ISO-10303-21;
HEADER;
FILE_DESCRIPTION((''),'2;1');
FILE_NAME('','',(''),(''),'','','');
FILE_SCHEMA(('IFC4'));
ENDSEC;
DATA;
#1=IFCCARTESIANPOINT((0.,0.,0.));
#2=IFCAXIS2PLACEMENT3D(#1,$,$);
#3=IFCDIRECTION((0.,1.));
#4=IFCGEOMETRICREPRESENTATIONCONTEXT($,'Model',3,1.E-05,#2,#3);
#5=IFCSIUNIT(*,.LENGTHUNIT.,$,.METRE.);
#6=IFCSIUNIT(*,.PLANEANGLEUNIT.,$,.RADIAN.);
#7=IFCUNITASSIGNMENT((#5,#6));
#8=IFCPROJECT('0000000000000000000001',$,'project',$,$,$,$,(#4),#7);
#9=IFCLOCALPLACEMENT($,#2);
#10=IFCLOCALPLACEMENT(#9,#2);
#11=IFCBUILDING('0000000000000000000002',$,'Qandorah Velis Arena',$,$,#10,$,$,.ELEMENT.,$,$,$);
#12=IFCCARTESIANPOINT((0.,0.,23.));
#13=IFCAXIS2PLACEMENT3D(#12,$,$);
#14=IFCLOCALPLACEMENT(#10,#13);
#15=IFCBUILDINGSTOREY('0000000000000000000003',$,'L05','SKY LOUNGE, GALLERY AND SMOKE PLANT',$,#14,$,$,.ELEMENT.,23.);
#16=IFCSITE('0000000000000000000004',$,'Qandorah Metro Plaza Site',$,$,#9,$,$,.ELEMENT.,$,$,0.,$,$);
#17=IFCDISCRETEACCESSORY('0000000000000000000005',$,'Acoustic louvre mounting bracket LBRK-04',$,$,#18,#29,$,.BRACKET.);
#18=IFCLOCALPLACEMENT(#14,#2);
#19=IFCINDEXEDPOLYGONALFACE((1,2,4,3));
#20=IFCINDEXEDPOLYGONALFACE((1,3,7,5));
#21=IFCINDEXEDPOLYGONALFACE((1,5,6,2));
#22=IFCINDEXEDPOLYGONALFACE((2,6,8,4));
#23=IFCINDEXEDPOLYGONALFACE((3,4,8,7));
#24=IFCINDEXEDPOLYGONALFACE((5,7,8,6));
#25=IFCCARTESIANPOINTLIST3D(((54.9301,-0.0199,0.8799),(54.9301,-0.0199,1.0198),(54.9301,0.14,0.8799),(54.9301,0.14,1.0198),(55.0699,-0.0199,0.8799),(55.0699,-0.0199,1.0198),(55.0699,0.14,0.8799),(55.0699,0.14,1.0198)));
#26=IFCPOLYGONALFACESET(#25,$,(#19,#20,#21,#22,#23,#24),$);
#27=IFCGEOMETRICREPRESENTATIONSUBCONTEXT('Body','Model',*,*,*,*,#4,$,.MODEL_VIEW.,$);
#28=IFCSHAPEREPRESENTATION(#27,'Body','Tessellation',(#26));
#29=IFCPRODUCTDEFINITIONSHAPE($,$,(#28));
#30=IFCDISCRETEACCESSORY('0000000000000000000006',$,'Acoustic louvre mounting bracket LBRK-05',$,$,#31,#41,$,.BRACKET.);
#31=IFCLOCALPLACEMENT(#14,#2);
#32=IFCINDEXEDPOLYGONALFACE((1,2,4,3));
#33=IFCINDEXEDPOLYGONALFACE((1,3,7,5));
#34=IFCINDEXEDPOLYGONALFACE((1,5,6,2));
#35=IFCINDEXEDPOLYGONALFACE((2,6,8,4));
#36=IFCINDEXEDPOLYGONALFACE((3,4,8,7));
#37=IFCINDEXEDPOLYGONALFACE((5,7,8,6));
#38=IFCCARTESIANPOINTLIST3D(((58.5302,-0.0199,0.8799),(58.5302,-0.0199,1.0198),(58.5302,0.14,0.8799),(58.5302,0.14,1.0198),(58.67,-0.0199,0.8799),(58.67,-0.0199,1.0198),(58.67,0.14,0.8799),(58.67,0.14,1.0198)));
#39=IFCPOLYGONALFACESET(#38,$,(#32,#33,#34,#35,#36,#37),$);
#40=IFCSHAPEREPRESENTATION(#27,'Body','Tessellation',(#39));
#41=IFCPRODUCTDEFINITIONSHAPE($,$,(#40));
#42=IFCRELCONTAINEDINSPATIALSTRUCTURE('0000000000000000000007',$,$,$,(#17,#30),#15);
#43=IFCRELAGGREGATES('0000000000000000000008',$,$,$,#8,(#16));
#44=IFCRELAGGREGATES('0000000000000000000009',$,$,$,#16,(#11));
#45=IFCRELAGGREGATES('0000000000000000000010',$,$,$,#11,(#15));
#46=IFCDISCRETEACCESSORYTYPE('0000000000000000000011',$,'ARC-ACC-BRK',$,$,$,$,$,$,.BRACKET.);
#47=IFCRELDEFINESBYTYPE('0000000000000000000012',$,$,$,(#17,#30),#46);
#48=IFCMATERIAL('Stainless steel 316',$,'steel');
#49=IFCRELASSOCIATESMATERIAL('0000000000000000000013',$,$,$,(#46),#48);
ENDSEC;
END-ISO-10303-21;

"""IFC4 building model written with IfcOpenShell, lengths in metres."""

from ifc_helpers import new_model, si_unit, direction, frame, origin, origin_2d, place, context, subcontext, project, spatial, rectangle, extrude, material, type_object, element, save


model = new_model("IFC4")

# Units and contexts
model_context = context("Model", 3, precision=1e-05, world=origin(), true_north=direction((0.0, 1.0)))
body_context = subcontext(model_context, "Body", "Model", "MODEL_VIEW")
ifc_project = project(units=[si_unit("LENGTHUNIT", "METRE"), si_unit("PLANEANGLEUNIT", "RADIAN")], contexts=[model_context])

# Site, building, storey
site_placement = place(None, origin())
site = spatial("IfcSite", under=ifc_project, at=site_placement, Name="Qandorah Metro Plaza Site", CompositionType="ELEMENT", RefElevation=0.0)
building_placement = place(site_placement, origin())
building = spatial("IfcBuilding", under=site, at=building_placement, Name="Qandorah Velis Arena", CompositionType="ELEMENT")
storey_placement = place(building_placement, frame((0.0, 0.0, 23.0)))
storey = spatial("IfcBuildingStorey", under=building, at=storey_placement, Name="L05", Description="SKY LOUNGE, GALLERY AND SMOKE PLANT", CompositionType="ELEMENT", Elevation=23.0)

# Shared definitions
ifc_material_1 = material(Name="Stainless steel 316", Category="steel")

# Discrete accessories
discrete_accessory_type = type_object("IfcDiscreteAccessoryType", Name="ARC-ACC-BRK", PredefinedType="BRACKET", material=ifc_material_1)
for number, where, z_axis, x_axis, name in (
    (1, (55.0, 0.0601, 0.8799), (0.0, 0.0, 1.0), (1.0, 0.0, 0.0), "Acoustic louvre mounting bracket LBRK-04"),
    (2, (58.6001, 0.0601, 0.8799), (0.0, 0.0, 1.0), (1.0, 0.0, 0.0), "Acoustic louvre mounting bracket LBRK-05"),
):
    element("IfcDiscreteAccessory", number, at=place(storey_placement, frame(where, z_axis=z_axis, x_axis=x_axis)), inside=storey, type_object=discrete_accessory_type, Name=name, PredefinedType="BRACKET", context=body_context, shape_type="SweptSolid", body=[
        extrude(rectangle(XDim=0.1399, YDim=0.1599, at=origin_2d()), origin(), (0.0, 0.0, 1.0), 0.1399),
    ])

save(model, "model.ifc")
